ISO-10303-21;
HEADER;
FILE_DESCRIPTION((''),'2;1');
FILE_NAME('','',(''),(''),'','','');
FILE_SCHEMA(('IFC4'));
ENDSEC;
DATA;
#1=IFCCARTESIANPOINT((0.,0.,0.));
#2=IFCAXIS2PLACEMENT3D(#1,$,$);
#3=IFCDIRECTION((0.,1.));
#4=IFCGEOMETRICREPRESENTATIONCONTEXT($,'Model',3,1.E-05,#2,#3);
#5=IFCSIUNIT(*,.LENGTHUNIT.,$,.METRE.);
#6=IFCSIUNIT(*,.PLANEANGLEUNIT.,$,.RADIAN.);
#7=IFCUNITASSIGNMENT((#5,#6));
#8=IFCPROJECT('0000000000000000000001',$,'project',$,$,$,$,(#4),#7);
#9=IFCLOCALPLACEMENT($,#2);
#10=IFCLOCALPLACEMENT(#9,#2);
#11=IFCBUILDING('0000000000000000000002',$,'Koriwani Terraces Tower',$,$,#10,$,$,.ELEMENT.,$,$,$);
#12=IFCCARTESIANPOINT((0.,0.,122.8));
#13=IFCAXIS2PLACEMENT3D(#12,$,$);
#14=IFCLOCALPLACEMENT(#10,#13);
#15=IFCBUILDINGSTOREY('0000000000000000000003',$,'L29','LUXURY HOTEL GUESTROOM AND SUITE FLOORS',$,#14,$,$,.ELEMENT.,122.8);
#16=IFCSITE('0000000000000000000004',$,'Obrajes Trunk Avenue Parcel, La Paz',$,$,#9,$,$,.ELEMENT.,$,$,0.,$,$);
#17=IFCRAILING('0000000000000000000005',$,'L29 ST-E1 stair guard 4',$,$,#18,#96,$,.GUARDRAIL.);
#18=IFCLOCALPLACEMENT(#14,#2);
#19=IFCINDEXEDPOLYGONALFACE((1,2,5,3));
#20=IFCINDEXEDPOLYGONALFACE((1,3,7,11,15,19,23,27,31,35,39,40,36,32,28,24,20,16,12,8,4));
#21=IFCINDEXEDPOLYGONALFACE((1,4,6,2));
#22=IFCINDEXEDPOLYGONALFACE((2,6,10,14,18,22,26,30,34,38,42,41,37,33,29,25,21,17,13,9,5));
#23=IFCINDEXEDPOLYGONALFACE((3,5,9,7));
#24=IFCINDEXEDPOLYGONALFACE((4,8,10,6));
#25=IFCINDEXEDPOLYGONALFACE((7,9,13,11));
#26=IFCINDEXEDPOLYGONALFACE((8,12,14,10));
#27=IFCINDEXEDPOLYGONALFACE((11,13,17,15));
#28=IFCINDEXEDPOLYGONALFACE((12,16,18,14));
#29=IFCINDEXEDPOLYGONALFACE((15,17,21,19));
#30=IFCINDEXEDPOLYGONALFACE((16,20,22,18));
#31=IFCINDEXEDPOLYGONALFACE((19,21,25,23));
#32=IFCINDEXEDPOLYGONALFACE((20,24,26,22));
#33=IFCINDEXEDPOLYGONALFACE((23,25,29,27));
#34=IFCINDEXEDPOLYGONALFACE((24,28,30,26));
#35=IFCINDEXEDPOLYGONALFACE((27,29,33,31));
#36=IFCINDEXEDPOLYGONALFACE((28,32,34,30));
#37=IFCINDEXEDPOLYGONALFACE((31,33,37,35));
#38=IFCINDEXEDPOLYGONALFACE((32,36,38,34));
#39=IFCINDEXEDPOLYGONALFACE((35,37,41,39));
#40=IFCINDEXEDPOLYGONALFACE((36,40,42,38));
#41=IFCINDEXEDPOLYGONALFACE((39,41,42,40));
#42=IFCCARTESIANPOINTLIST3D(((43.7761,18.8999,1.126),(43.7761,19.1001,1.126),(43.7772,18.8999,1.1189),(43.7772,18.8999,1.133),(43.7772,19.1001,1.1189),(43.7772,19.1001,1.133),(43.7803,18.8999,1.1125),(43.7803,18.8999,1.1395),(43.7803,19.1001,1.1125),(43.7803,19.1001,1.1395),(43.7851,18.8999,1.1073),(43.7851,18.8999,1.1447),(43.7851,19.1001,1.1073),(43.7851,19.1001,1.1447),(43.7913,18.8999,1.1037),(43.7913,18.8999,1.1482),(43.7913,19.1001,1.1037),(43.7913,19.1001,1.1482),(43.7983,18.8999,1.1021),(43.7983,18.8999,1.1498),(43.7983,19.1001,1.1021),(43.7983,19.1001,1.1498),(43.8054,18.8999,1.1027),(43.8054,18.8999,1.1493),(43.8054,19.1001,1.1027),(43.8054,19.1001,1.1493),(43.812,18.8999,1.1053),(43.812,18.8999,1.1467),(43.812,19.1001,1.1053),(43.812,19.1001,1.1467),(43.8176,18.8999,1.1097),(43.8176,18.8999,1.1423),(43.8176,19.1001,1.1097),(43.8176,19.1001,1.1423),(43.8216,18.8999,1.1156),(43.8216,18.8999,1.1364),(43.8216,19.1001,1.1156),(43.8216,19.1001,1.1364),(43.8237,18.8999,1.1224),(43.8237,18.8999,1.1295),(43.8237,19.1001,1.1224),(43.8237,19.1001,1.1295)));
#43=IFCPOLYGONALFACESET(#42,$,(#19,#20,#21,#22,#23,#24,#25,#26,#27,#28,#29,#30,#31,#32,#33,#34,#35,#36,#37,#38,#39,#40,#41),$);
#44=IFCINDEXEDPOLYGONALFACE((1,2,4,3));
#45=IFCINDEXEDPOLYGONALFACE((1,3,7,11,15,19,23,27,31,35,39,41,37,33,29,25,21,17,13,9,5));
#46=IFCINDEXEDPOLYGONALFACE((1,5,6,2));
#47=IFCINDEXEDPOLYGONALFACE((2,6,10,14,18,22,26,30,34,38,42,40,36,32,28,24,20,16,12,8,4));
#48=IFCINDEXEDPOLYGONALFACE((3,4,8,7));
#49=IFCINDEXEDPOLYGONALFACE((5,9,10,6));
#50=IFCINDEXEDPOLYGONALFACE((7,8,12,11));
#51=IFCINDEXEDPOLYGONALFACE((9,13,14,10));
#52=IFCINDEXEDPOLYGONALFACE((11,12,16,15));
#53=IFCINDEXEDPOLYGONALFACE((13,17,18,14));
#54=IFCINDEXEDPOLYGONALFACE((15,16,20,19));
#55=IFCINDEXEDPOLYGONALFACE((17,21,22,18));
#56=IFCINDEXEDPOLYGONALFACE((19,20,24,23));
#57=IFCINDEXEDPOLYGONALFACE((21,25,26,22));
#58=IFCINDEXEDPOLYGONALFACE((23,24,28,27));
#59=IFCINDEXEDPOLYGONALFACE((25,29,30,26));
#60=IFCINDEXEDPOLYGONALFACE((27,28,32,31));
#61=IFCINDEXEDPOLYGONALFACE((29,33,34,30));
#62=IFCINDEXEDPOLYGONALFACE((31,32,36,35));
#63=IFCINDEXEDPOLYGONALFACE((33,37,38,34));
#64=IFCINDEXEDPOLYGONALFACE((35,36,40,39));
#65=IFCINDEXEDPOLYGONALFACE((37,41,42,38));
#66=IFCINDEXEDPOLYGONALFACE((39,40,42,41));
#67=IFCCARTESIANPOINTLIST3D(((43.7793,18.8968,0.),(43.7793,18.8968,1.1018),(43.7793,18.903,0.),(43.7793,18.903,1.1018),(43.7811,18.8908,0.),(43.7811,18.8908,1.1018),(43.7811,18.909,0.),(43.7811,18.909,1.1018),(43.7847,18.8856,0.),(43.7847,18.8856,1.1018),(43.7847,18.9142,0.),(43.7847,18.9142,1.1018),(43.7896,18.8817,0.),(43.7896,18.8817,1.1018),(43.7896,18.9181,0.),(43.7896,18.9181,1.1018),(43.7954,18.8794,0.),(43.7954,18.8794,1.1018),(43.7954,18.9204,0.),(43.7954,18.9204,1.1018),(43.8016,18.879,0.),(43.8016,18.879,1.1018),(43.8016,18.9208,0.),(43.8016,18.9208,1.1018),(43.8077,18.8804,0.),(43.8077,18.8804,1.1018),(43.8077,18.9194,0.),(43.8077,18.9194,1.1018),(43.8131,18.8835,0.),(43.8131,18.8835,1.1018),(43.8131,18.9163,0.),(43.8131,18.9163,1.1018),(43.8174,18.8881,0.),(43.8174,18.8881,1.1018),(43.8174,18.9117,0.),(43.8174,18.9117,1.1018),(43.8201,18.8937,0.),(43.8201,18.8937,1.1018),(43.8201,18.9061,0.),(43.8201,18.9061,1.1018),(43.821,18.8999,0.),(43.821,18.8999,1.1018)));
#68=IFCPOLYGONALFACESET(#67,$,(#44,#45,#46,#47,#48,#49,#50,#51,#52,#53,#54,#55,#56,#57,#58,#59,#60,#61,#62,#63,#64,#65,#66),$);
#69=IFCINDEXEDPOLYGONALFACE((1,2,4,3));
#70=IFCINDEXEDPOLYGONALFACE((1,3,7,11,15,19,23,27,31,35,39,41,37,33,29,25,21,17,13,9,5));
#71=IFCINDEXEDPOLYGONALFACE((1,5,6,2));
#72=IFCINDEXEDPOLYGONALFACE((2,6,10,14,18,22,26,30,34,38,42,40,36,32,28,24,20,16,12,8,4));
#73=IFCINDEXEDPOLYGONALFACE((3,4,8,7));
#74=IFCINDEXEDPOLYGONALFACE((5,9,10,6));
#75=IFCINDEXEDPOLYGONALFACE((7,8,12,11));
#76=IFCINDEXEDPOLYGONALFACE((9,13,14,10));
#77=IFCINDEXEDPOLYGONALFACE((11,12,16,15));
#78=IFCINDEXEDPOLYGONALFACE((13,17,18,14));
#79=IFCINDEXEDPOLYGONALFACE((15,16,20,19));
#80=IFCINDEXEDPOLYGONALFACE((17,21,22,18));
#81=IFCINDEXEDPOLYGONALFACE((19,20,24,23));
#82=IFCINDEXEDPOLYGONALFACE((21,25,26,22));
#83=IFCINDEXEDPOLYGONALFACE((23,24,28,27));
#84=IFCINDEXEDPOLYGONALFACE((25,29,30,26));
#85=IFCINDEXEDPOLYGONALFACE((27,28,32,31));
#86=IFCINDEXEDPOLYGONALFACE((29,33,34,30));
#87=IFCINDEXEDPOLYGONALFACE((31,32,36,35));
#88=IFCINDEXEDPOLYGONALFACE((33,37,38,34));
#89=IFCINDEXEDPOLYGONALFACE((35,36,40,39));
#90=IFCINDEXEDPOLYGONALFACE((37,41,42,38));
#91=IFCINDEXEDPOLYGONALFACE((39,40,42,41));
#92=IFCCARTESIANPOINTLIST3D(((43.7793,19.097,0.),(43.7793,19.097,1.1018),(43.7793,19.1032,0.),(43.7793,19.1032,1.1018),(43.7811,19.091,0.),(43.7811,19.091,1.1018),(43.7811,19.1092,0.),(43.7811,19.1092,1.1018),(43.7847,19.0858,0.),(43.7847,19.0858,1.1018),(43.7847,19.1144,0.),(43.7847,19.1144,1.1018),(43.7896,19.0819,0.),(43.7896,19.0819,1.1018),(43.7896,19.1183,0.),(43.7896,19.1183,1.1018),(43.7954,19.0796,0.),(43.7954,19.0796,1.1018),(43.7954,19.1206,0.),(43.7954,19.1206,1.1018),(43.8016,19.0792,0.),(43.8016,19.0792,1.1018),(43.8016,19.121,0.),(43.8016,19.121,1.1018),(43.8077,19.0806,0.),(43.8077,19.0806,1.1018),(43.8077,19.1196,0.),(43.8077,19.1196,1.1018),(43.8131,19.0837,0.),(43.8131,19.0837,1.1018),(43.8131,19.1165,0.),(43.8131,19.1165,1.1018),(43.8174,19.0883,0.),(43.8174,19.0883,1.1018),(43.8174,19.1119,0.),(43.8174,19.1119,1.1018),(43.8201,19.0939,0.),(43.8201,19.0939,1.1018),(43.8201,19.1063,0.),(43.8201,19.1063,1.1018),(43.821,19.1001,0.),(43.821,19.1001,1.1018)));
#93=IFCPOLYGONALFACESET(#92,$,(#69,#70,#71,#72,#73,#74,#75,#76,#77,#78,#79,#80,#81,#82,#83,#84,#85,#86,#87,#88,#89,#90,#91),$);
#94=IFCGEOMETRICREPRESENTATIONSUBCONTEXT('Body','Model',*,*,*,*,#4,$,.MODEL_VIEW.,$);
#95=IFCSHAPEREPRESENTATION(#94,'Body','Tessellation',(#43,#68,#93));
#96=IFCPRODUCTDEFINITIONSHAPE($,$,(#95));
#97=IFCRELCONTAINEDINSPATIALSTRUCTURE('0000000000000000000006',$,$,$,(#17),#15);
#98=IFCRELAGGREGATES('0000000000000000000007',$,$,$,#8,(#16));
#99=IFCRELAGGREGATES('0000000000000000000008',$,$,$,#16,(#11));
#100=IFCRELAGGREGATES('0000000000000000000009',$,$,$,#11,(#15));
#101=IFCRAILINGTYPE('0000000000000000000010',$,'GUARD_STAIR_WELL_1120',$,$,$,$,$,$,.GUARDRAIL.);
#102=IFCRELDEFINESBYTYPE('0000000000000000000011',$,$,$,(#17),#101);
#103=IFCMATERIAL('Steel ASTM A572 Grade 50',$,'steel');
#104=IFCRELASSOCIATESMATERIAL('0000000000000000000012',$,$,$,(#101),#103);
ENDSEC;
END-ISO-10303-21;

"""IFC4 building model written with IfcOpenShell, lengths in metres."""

from ifc_helpers import new_model, si_unit, direction, frame, origin, origin_2d, place, context, subcontext, project, spatial, circle, extrude, material, type_object, element, save


model = new_model("IFC4")

# Units and contexts
model_context = context("Model", 3, precision=1e-05, world=origin(), true_north=direction((0.0, 1.0)))
body_context = subcontext(model_context, "Body", "Model", "MODEL_VIEW")
ifc_project = project(units=[si_unit("LENGTHUNIT", "METRE"), si_unit("PLANEANGLEUNIT", "RADIAN")], contexts=[model_context])

# Site, building, storey
site_placement = place(None, origin())
site = spatial("IfcSite", under=ifc_project, at=site_placement, Name="Obrajes Trunk Avenue Parcel, La Paz", CompositionType="ELEMENT", RefElevation=0.0)
building_placement = place(site_placement, origin())
building = spatial("IfcBuilding", under=site, at=building_placement, Name="Koriwani Terraces Tower", CompositionType="ELEMENT")
storey_placement = place(building_placement, frame((0.0, 0.0, 122.8)))
storey = spatial("IfcBuildingStorey", under=building, at=storey_placement, Name="L29", Description="LUXURY HOTEL GUESTROOM AND SUITE FLOORS", CompositionType="ELEMENT", Elevation=122.8)

# Shared definitions
ifc_material_1 = material(Name="Steel ASTM A572 Grade 50", Category="steel")

# Railing
railing_type_1 = type_object("IfcRailingType", Name="GUARD_STAIR_WELL_1120", PredefinedType="GUARDRAIL", material=ifc_material_1)
railing_1_placement = place(storey_placement, frame((43.8, 18.8999, 0.0)))
element("IfcRailing", 1, at=railing_1_placement, inside=storey, type_object=railing_type_1, Name="L29 ST-E1 stair guard 4", PredefinedType="GUARDRAIL", context=body_context, shape_type="SweptSolid", body=[
    extrude(circle(Radius=0.0239, at=origin_2d()), frame((0.0, 0.0, 1.126), z_axis=(0.0, 1.0, 0.0), x_axis=(-1.0, 0.0, 0.0)), (0.0, 0.0, 1.0), 0.2002),
    extrude(circle(Radius=0.021, at=origin_2d()), origin(), (0.0, 0.0, 1.0), 1.1018),
    extrude(circle(Radius=0.021, at=origin_2d()), frame((0.0, 0.2002, 0.0)), (0.0, 0.0, 1.0), 1.1018),
])

save(model, "model.ifc")
